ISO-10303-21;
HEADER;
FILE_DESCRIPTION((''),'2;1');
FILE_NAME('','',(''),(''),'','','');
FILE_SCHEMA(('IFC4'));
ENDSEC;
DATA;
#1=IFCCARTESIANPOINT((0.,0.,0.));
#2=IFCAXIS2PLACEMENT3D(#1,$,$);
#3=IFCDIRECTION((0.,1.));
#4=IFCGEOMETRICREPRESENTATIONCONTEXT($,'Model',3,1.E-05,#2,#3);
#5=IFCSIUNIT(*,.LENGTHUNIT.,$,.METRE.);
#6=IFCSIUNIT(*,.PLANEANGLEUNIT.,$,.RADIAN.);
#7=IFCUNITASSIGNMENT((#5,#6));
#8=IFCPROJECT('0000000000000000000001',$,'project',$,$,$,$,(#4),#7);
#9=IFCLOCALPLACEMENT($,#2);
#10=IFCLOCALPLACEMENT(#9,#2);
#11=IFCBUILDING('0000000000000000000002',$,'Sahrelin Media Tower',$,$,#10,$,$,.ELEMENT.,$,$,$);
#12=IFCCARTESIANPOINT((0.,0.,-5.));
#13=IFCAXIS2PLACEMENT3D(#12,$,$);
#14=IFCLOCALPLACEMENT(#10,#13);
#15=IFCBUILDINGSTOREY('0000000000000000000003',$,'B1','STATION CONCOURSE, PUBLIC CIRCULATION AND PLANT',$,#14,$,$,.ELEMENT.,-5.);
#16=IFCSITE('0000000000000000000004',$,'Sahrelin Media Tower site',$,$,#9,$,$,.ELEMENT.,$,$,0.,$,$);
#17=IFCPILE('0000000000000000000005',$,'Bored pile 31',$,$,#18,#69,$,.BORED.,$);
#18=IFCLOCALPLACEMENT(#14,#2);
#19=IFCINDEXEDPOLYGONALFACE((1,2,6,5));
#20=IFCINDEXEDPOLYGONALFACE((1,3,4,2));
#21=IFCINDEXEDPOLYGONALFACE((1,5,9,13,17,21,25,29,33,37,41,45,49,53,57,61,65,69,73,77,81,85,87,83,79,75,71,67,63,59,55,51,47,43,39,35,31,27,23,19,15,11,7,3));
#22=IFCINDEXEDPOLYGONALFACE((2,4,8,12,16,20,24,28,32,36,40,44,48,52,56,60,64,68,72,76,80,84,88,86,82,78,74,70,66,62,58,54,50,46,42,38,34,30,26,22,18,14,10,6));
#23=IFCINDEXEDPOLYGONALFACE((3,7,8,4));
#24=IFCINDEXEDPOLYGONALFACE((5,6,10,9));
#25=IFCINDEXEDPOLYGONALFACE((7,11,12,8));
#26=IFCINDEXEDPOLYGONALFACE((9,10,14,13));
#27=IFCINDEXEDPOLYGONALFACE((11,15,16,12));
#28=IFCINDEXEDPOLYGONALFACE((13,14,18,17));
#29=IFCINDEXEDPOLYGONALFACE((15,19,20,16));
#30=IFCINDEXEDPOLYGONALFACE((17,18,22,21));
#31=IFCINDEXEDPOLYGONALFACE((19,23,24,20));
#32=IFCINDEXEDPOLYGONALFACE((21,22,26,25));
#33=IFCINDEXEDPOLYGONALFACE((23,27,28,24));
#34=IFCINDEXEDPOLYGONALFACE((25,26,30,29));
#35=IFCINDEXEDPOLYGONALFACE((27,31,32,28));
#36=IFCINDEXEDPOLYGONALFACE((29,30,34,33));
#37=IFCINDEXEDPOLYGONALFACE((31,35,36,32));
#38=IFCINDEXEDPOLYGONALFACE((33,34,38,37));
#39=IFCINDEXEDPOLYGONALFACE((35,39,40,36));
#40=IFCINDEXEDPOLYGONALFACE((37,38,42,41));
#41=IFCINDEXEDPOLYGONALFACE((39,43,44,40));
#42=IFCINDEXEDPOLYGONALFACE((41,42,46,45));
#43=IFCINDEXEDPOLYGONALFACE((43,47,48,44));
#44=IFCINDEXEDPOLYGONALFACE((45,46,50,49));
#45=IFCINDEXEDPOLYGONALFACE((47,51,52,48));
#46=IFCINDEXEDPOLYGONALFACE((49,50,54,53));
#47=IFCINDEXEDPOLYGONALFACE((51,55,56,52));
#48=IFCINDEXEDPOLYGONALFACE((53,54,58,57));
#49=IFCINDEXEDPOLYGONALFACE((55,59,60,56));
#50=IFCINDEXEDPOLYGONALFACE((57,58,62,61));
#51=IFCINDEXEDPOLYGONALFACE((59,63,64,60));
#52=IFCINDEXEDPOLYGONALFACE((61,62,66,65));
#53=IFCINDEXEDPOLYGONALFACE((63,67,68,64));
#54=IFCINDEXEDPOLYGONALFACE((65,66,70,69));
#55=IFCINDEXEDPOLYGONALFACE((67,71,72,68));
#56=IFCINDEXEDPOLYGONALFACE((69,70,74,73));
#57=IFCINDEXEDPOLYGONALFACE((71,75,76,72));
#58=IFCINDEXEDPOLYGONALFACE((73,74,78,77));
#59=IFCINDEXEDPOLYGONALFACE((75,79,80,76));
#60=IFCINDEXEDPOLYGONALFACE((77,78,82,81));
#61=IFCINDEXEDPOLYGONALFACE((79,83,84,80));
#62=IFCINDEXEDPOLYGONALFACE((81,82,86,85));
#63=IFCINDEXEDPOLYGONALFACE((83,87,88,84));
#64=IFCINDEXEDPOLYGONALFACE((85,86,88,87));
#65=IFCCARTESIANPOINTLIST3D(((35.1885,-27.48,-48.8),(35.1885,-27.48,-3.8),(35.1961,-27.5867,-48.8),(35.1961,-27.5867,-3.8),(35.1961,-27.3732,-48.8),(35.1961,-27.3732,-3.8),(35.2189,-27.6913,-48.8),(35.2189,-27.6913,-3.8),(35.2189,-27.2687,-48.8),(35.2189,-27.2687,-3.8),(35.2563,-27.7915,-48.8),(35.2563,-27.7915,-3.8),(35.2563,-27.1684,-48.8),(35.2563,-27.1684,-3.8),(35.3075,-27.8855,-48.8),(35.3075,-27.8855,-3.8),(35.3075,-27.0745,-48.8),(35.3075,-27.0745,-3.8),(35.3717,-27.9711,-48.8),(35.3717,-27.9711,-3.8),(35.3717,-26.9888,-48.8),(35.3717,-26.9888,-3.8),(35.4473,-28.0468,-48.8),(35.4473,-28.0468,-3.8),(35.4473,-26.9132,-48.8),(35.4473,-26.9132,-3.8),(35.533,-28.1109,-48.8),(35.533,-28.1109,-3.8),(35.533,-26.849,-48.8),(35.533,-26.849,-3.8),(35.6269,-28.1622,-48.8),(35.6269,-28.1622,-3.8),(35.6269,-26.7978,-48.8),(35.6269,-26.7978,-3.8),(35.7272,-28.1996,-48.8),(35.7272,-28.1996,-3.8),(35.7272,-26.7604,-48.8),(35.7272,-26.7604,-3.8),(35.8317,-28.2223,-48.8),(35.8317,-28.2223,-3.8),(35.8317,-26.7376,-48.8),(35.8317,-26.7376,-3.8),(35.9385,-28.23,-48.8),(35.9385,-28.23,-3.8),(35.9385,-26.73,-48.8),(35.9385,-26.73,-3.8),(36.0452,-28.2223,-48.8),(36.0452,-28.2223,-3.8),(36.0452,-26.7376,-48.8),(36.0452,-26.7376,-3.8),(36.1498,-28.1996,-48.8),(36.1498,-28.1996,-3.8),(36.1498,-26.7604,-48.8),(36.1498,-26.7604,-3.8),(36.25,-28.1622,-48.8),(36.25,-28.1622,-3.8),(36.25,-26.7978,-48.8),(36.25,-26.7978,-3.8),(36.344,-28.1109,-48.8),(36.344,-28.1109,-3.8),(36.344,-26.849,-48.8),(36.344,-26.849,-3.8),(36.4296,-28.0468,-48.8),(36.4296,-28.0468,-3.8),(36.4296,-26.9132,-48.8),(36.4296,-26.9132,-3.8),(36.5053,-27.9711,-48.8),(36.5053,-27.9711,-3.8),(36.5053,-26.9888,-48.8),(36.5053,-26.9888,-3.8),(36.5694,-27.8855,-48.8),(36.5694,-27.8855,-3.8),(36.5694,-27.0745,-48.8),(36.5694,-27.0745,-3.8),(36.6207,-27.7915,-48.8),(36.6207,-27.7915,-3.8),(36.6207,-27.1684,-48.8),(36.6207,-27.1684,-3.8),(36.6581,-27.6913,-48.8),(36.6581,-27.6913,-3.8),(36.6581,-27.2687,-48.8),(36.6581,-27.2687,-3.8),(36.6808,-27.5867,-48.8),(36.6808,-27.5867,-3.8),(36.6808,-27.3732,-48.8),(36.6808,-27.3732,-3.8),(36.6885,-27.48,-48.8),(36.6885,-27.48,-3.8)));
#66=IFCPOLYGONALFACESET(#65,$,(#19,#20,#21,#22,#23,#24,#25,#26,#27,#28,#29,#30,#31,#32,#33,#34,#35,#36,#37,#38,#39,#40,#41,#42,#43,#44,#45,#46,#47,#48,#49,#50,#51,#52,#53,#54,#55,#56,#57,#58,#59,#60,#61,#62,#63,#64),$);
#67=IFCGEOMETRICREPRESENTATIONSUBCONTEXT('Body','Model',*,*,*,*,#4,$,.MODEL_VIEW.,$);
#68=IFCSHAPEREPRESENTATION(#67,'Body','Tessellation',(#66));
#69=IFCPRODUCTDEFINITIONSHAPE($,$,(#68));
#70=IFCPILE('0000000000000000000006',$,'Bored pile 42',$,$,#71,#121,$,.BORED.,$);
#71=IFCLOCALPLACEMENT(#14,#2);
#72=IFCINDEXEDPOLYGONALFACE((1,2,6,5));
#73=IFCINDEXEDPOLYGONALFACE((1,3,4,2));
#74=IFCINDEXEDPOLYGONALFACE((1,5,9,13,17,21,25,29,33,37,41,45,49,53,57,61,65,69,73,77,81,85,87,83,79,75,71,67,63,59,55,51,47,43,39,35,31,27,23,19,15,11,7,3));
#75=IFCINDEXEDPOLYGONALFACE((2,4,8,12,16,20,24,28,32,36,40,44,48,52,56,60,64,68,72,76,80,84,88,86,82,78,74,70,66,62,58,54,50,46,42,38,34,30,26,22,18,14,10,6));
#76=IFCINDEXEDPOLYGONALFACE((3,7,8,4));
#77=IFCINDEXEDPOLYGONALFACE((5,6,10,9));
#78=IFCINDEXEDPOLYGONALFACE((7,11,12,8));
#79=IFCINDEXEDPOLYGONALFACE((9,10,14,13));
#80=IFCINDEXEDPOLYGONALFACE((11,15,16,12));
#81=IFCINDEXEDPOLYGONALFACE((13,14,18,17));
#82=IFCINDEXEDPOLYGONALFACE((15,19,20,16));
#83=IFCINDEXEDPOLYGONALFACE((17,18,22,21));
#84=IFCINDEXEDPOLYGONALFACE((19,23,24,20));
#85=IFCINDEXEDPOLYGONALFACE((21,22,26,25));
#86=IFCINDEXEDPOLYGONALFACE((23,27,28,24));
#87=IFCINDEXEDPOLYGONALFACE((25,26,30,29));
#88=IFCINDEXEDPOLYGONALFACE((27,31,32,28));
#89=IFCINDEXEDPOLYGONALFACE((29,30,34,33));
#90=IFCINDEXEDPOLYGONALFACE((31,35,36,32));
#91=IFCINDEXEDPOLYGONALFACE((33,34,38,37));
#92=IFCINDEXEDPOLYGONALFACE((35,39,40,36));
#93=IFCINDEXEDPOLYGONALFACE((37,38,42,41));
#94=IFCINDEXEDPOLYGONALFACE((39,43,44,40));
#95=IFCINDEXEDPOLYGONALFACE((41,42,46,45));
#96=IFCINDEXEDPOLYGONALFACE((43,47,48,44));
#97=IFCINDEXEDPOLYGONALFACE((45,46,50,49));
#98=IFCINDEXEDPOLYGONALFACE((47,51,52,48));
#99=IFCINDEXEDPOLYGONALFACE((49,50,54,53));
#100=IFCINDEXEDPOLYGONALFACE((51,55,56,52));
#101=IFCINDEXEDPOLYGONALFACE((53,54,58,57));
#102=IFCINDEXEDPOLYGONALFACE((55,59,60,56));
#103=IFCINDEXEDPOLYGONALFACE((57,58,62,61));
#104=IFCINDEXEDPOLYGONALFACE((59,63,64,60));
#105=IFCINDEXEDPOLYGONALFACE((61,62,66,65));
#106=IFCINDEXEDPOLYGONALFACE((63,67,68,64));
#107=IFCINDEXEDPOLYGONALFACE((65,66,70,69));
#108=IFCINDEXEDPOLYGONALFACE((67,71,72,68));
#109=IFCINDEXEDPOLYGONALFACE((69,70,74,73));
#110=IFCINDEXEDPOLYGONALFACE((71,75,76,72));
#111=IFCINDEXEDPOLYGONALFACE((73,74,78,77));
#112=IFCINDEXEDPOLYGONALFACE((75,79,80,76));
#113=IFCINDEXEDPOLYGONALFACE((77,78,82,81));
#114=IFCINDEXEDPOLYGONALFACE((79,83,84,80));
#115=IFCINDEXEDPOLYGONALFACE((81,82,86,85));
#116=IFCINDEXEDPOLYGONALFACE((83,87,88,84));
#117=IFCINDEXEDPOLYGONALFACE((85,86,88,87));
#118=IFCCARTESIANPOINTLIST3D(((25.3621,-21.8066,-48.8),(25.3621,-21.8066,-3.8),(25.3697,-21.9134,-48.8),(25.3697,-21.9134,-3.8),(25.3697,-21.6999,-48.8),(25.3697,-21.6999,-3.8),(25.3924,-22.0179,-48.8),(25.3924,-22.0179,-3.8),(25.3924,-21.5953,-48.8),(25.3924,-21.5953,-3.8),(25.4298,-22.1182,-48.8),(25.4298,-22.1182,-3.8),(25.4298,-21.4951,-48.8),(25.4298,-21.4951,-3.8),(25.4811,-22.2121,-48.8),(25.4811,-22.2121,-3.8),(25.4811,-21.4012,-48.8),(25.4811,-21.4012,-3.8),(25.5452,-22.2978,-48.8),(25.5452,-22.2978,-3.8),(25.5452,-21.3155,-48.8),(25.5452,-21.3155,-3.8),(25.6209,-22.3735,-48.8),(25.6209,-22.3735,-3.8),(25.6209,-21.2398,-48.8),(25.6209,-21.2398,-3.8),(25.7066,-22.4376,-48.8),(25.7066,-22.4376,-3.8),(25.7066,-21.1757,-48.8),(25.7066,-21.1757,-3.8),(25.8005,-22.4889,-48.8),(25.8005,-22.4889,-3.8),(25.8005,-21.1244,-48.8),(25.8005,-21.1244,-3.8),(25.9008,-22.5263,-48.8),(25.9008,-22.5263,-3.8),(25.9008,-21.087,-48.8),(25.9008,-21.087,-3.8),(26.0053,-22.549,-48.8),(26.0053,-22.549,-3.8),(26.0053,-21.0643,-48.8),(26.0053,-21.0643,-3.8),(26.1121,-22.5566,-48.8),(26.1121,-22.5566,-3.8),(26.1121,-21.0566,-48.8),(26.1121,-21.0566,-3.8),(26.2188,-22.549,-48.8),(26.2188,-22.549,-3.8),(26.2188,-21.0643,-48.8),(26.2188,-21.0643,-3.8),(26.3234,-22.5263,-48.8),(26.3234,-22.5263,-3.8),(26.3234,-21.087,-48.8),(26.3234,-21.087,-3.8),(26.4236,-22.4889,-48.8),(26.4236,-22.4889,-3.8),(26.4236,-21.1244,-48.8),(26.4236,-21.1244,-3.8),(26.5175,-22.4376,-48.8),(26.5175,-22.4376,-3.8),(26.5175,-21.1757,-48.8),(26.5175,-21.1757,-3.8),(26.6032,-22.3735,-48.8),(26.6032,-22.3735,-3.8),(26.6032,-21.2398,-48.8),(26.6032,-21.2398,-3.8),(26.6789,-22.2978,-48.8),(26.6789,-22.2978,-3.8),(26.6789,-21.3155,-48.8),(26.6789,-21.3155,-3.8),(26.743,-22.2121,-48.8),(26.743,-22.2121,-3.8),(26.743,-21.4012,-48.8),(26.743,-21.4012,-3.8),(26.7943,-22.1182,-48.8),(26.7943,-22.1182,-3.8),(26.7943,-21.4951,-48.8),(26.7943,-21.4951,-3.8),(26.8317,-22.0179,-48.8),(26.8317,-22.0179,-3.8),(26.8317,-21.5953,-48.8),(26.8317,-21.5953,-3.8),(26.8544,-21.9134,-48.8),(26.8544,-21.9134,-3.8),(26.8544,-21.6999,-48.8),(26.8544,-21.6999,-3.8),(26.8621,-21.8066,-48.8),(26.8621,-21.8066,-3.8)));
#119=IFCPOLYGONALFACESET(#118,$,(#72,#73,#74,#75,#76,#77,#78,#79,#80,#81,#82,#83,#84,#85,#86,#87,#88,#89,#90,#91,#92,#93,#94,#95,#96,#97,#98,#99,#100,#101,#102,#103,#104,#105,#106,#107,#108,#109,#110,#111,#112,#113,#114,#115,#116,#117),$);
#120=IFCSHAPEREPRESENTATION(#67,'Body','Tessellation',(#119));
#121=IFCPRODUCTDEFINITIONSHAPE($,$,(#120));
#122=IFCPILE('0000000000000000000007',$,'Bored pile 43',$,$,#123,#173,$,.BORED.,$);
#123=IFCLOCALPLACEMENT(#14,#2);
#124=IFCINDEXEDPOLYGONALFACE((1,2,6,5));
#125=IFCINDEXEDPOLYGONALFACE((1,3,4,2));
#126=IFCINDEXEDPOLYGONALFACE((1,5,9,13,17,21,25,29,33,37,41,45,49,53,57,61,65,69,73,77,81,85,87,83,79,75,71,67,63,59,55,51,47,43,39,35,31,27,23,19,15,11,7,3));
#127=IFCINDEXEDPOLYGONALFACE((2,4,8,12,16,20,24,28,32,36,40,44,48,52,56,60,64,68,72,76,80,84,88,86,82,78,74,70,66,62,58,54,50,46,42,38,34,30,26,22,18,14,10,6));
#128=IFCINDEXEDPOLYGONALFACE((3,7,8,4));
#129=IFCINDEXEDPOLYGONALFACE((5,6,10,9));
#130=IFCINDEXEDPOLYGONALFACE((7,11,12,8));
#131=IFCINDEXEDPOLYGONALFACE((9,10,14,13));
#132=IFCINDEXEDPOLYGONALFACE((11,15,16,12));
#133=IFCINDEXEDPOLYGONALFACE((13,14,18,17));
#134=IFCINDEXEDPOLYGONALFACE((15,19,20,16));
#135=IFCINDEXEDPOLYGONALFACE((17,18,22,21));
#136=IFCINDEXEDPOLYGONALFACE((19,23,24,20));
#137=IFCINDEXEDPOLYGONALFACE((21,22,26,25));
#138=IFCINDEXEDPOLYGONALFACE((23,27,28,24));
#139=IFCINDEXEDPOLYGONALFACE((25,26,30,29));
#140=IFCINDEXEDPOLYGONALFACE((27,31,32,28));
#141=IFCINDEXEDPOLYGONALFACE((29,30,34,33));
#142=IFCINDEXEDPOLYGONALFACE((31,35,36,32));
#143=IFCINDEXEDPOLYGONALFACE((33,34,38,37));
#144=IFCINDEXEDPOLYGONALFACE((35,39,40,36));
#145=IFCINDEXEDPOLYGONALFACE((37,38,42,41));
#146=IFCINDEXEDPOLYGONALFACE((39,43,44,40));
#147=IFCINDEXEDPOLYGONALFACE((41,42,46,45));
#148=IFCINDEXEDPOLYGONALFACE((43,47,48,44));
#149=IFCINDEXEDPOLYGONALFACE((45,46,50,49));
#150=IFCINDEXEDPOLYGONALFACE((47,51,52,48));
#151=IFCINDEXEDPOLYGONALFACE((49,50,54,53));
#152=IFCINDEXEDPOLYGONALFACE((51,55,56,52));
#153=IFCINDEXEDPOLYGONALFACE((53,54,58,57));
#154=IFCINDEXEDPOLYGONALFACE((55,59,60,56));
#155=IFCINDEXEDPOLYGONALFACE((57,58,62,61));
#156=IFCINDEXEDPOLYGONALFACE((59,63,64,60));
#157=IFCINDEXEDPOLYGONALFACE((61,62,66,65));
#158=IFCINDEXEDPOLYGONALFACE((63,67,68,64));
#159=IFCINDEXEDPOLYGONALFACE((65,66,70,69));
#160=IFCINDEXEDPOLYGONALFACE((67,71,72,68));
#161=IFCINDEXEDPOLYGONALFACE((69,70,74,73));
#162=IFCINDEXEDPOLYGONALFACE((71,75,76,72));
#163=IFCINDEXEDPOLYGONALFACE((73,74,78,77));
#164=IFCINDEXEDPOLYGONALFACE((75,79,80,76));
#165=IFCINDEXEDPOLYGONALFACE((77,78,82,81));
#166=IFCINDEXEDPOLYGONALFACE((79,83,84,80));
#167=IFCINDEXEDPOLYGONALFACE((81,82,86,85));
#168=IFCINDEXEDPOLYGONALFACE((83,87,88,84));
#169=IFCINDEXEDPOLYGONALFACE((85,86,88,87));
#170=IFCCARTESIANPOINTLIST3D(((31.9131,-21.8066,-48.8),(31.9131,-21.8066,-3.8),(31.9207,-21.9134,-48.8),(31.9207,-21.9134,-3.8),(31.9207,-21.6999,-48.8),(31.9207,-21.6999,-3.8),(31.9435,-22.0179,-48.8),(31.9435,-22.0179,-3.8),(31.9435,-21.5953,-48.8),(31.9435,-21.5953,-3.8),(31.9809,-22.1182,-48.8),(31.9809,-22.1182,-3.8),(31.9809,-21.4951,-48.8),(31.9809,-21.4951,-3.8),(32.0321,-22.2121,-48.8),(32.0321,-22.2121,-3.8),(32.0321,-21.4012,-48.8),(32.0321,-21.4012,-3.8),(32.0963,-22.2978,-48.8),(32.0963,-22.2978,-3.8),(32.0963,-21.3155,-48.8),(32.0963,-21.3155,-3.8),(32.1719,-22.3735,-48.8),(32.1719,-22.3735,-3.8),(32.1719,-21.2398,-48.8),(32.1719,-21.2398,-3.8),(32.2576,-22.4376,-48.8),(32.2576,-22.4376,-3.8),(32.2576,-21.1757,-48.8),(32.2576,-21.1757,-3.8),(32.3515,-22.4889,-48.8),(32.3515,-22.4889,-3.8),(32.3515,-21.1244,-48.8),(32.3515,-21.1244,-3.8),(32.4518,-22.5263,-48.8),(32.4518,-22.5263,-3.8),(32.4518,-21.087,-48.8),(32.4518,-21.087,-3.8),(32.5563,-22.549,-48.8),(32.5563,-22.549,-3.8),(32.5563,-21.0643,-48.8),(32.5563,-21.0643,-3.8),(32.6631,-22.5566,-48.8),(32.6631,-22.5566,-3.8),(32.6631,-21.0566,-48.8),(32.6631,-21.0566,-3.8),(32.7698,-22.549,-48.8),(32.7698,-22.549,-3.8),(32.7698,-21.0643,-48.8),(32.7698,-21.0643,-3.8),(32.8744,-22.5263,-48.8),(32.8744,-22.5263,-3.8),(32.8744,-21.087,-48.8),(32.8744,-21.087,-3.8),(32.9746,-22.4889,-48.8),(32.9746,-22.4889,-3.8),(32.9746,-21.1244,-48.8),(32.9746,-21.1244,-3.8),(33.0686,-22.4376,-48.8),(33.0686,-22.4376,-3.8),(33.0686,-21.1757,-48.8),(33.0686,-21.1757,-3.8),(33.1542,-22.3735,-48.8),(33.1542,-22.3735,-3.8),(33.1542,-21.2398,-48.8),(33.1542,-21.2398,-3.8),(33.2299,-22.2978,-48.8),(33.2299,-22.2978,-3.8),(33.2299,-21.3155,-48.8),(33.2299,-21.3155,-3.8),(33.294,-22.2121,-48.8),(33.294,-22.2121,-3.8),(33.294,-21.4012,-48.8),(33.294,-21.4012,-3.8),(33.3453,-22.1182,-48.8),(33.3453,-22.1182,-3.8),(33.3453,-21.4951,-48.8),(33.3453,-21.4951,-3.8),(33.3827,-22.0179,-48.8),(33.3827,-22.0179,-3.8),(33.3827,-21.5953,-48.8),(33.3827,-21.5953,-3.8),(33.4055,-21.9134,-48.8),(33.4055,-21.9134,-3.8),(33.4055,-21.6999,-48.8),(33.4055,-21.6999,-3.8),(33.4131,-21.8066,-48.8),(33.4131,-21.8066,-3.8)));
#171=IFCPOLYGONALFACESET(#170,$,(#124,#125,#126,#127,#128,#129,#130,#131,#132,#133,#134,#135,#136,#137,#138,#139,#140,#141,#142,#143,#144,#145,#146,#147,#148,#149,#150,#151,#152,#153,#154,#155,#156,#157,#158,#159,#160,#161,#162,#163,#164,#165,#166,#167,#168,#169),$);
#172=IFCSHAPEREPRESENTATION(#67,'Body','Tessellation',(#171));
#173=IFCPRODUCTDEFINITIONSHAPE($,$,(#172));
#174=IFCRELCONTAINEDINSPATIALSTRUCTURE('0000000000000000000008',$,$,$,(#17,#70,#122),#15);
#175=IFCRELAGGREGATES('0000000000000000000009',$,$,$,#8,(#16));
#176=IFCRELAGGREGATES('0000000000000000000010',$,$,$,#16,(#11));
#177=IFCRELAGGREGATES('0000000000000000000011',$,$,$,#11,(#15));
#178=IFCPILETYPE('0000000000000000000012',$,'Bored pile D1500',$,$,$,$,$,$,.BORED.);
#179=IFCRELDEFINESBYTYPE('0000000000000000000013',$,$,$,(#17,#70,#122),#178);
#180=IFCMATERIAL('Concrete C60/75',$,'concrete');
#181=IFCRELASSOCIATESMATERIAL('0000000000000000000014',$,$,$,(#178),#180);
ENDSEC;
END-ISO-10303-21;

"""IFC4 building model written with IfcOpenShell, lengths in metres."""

from ifc_helpers import new_model, si_unit, direction, frame, origin, origin_2d, place, context, subcontext, project, spatial, circle, extrude, material, material_profile, profile_set, type_object, element, save


model = new_model("IFC4")

# Units and contexts
model_context = context("Model", 3, precision=1e-05, world=origin(), true_north=direction((0.0, 1.0)))
body_context = subcontext(model_context, "Body", "Model", "MODEL_VIEW")
ifc_project = project(units=[si_unit("LENGTHUNIT", "METRE"), si_unit("PLANEANGLEUNIT", "RADIAN")], contexts=[model_context])

# Site, building, storey
site_placement = place(None, origin())
site = spatial("IfcSite", under=ifc_project, at=site_placement, Name="Sahrelin Media Tower site", CompositionType="ELEMENT", RefElevation=0.0)
building_placement = place(site_placement, origin())
building = spatial("IfcBuilding", under=site, at=building_placement, Name="Sahrelin Media Tower", CompositionType="ELEMENT")
storey_placement = place(building_placement, frame((0.0, 0.0, -5.0)))
storey = spatial("IfcBuildingStorey", under=building, at=storey_placement, Name="B1", Description="STATION CONCOURSE, PUBLIC CIRCULATION AND PLANT", CompositionType="ELEMENT", Elevation=-5.0)

# Piles
ifc_material_1 = material(Name="Concrete C60/75", Category="concrete")
ifc_material_profile_1 = material_profile(ifc_material_1, circle(Radius=0.75, at=origin_2d()), Name="Bored pile D1500")
ifc_profile_set_1 = profile_set([ifc_material_profile_1], Name="Concrete C60/75")
pile_type = type_object("IfcPileType", Name="Bored pile D1500", PredefinedType="BORED", material=ifc_profile_set_1)
for number, where, z_axis, x_axis, name in (
    (1, (35.9385, -27.48, -3.8), (0.0, 0.0, -1.0), (1.0, 0.0, 0.0), "Bored pile 31"),
    (2, (26.1121, -21.8066, -3.8), (0.0, 0.0, -1.0), (1.0, 0.0, 0.0), "Bored pile 42"),
    (3, (32.6631, -21.8066, -3.8), (0.0, 0.0, -1.0), (1.0, 0.0, 0.0), "Bored pile 43"),
):
    element("IfcPile", number, at=place(storey_placement, frame(where, z_axis=z_axis, x_axis=x_axis)), inside=storey, type_object=pile_type, Name=name, PredefinedType="BORED", context=body_context, shape_type="SweptSolid", body=[
        extrude(circle(Radius=0.75, at=origin_2d()), origin(), (0.0, 0.0, 1.0), 45.0),
    ])

save(model, "model.ifc")
